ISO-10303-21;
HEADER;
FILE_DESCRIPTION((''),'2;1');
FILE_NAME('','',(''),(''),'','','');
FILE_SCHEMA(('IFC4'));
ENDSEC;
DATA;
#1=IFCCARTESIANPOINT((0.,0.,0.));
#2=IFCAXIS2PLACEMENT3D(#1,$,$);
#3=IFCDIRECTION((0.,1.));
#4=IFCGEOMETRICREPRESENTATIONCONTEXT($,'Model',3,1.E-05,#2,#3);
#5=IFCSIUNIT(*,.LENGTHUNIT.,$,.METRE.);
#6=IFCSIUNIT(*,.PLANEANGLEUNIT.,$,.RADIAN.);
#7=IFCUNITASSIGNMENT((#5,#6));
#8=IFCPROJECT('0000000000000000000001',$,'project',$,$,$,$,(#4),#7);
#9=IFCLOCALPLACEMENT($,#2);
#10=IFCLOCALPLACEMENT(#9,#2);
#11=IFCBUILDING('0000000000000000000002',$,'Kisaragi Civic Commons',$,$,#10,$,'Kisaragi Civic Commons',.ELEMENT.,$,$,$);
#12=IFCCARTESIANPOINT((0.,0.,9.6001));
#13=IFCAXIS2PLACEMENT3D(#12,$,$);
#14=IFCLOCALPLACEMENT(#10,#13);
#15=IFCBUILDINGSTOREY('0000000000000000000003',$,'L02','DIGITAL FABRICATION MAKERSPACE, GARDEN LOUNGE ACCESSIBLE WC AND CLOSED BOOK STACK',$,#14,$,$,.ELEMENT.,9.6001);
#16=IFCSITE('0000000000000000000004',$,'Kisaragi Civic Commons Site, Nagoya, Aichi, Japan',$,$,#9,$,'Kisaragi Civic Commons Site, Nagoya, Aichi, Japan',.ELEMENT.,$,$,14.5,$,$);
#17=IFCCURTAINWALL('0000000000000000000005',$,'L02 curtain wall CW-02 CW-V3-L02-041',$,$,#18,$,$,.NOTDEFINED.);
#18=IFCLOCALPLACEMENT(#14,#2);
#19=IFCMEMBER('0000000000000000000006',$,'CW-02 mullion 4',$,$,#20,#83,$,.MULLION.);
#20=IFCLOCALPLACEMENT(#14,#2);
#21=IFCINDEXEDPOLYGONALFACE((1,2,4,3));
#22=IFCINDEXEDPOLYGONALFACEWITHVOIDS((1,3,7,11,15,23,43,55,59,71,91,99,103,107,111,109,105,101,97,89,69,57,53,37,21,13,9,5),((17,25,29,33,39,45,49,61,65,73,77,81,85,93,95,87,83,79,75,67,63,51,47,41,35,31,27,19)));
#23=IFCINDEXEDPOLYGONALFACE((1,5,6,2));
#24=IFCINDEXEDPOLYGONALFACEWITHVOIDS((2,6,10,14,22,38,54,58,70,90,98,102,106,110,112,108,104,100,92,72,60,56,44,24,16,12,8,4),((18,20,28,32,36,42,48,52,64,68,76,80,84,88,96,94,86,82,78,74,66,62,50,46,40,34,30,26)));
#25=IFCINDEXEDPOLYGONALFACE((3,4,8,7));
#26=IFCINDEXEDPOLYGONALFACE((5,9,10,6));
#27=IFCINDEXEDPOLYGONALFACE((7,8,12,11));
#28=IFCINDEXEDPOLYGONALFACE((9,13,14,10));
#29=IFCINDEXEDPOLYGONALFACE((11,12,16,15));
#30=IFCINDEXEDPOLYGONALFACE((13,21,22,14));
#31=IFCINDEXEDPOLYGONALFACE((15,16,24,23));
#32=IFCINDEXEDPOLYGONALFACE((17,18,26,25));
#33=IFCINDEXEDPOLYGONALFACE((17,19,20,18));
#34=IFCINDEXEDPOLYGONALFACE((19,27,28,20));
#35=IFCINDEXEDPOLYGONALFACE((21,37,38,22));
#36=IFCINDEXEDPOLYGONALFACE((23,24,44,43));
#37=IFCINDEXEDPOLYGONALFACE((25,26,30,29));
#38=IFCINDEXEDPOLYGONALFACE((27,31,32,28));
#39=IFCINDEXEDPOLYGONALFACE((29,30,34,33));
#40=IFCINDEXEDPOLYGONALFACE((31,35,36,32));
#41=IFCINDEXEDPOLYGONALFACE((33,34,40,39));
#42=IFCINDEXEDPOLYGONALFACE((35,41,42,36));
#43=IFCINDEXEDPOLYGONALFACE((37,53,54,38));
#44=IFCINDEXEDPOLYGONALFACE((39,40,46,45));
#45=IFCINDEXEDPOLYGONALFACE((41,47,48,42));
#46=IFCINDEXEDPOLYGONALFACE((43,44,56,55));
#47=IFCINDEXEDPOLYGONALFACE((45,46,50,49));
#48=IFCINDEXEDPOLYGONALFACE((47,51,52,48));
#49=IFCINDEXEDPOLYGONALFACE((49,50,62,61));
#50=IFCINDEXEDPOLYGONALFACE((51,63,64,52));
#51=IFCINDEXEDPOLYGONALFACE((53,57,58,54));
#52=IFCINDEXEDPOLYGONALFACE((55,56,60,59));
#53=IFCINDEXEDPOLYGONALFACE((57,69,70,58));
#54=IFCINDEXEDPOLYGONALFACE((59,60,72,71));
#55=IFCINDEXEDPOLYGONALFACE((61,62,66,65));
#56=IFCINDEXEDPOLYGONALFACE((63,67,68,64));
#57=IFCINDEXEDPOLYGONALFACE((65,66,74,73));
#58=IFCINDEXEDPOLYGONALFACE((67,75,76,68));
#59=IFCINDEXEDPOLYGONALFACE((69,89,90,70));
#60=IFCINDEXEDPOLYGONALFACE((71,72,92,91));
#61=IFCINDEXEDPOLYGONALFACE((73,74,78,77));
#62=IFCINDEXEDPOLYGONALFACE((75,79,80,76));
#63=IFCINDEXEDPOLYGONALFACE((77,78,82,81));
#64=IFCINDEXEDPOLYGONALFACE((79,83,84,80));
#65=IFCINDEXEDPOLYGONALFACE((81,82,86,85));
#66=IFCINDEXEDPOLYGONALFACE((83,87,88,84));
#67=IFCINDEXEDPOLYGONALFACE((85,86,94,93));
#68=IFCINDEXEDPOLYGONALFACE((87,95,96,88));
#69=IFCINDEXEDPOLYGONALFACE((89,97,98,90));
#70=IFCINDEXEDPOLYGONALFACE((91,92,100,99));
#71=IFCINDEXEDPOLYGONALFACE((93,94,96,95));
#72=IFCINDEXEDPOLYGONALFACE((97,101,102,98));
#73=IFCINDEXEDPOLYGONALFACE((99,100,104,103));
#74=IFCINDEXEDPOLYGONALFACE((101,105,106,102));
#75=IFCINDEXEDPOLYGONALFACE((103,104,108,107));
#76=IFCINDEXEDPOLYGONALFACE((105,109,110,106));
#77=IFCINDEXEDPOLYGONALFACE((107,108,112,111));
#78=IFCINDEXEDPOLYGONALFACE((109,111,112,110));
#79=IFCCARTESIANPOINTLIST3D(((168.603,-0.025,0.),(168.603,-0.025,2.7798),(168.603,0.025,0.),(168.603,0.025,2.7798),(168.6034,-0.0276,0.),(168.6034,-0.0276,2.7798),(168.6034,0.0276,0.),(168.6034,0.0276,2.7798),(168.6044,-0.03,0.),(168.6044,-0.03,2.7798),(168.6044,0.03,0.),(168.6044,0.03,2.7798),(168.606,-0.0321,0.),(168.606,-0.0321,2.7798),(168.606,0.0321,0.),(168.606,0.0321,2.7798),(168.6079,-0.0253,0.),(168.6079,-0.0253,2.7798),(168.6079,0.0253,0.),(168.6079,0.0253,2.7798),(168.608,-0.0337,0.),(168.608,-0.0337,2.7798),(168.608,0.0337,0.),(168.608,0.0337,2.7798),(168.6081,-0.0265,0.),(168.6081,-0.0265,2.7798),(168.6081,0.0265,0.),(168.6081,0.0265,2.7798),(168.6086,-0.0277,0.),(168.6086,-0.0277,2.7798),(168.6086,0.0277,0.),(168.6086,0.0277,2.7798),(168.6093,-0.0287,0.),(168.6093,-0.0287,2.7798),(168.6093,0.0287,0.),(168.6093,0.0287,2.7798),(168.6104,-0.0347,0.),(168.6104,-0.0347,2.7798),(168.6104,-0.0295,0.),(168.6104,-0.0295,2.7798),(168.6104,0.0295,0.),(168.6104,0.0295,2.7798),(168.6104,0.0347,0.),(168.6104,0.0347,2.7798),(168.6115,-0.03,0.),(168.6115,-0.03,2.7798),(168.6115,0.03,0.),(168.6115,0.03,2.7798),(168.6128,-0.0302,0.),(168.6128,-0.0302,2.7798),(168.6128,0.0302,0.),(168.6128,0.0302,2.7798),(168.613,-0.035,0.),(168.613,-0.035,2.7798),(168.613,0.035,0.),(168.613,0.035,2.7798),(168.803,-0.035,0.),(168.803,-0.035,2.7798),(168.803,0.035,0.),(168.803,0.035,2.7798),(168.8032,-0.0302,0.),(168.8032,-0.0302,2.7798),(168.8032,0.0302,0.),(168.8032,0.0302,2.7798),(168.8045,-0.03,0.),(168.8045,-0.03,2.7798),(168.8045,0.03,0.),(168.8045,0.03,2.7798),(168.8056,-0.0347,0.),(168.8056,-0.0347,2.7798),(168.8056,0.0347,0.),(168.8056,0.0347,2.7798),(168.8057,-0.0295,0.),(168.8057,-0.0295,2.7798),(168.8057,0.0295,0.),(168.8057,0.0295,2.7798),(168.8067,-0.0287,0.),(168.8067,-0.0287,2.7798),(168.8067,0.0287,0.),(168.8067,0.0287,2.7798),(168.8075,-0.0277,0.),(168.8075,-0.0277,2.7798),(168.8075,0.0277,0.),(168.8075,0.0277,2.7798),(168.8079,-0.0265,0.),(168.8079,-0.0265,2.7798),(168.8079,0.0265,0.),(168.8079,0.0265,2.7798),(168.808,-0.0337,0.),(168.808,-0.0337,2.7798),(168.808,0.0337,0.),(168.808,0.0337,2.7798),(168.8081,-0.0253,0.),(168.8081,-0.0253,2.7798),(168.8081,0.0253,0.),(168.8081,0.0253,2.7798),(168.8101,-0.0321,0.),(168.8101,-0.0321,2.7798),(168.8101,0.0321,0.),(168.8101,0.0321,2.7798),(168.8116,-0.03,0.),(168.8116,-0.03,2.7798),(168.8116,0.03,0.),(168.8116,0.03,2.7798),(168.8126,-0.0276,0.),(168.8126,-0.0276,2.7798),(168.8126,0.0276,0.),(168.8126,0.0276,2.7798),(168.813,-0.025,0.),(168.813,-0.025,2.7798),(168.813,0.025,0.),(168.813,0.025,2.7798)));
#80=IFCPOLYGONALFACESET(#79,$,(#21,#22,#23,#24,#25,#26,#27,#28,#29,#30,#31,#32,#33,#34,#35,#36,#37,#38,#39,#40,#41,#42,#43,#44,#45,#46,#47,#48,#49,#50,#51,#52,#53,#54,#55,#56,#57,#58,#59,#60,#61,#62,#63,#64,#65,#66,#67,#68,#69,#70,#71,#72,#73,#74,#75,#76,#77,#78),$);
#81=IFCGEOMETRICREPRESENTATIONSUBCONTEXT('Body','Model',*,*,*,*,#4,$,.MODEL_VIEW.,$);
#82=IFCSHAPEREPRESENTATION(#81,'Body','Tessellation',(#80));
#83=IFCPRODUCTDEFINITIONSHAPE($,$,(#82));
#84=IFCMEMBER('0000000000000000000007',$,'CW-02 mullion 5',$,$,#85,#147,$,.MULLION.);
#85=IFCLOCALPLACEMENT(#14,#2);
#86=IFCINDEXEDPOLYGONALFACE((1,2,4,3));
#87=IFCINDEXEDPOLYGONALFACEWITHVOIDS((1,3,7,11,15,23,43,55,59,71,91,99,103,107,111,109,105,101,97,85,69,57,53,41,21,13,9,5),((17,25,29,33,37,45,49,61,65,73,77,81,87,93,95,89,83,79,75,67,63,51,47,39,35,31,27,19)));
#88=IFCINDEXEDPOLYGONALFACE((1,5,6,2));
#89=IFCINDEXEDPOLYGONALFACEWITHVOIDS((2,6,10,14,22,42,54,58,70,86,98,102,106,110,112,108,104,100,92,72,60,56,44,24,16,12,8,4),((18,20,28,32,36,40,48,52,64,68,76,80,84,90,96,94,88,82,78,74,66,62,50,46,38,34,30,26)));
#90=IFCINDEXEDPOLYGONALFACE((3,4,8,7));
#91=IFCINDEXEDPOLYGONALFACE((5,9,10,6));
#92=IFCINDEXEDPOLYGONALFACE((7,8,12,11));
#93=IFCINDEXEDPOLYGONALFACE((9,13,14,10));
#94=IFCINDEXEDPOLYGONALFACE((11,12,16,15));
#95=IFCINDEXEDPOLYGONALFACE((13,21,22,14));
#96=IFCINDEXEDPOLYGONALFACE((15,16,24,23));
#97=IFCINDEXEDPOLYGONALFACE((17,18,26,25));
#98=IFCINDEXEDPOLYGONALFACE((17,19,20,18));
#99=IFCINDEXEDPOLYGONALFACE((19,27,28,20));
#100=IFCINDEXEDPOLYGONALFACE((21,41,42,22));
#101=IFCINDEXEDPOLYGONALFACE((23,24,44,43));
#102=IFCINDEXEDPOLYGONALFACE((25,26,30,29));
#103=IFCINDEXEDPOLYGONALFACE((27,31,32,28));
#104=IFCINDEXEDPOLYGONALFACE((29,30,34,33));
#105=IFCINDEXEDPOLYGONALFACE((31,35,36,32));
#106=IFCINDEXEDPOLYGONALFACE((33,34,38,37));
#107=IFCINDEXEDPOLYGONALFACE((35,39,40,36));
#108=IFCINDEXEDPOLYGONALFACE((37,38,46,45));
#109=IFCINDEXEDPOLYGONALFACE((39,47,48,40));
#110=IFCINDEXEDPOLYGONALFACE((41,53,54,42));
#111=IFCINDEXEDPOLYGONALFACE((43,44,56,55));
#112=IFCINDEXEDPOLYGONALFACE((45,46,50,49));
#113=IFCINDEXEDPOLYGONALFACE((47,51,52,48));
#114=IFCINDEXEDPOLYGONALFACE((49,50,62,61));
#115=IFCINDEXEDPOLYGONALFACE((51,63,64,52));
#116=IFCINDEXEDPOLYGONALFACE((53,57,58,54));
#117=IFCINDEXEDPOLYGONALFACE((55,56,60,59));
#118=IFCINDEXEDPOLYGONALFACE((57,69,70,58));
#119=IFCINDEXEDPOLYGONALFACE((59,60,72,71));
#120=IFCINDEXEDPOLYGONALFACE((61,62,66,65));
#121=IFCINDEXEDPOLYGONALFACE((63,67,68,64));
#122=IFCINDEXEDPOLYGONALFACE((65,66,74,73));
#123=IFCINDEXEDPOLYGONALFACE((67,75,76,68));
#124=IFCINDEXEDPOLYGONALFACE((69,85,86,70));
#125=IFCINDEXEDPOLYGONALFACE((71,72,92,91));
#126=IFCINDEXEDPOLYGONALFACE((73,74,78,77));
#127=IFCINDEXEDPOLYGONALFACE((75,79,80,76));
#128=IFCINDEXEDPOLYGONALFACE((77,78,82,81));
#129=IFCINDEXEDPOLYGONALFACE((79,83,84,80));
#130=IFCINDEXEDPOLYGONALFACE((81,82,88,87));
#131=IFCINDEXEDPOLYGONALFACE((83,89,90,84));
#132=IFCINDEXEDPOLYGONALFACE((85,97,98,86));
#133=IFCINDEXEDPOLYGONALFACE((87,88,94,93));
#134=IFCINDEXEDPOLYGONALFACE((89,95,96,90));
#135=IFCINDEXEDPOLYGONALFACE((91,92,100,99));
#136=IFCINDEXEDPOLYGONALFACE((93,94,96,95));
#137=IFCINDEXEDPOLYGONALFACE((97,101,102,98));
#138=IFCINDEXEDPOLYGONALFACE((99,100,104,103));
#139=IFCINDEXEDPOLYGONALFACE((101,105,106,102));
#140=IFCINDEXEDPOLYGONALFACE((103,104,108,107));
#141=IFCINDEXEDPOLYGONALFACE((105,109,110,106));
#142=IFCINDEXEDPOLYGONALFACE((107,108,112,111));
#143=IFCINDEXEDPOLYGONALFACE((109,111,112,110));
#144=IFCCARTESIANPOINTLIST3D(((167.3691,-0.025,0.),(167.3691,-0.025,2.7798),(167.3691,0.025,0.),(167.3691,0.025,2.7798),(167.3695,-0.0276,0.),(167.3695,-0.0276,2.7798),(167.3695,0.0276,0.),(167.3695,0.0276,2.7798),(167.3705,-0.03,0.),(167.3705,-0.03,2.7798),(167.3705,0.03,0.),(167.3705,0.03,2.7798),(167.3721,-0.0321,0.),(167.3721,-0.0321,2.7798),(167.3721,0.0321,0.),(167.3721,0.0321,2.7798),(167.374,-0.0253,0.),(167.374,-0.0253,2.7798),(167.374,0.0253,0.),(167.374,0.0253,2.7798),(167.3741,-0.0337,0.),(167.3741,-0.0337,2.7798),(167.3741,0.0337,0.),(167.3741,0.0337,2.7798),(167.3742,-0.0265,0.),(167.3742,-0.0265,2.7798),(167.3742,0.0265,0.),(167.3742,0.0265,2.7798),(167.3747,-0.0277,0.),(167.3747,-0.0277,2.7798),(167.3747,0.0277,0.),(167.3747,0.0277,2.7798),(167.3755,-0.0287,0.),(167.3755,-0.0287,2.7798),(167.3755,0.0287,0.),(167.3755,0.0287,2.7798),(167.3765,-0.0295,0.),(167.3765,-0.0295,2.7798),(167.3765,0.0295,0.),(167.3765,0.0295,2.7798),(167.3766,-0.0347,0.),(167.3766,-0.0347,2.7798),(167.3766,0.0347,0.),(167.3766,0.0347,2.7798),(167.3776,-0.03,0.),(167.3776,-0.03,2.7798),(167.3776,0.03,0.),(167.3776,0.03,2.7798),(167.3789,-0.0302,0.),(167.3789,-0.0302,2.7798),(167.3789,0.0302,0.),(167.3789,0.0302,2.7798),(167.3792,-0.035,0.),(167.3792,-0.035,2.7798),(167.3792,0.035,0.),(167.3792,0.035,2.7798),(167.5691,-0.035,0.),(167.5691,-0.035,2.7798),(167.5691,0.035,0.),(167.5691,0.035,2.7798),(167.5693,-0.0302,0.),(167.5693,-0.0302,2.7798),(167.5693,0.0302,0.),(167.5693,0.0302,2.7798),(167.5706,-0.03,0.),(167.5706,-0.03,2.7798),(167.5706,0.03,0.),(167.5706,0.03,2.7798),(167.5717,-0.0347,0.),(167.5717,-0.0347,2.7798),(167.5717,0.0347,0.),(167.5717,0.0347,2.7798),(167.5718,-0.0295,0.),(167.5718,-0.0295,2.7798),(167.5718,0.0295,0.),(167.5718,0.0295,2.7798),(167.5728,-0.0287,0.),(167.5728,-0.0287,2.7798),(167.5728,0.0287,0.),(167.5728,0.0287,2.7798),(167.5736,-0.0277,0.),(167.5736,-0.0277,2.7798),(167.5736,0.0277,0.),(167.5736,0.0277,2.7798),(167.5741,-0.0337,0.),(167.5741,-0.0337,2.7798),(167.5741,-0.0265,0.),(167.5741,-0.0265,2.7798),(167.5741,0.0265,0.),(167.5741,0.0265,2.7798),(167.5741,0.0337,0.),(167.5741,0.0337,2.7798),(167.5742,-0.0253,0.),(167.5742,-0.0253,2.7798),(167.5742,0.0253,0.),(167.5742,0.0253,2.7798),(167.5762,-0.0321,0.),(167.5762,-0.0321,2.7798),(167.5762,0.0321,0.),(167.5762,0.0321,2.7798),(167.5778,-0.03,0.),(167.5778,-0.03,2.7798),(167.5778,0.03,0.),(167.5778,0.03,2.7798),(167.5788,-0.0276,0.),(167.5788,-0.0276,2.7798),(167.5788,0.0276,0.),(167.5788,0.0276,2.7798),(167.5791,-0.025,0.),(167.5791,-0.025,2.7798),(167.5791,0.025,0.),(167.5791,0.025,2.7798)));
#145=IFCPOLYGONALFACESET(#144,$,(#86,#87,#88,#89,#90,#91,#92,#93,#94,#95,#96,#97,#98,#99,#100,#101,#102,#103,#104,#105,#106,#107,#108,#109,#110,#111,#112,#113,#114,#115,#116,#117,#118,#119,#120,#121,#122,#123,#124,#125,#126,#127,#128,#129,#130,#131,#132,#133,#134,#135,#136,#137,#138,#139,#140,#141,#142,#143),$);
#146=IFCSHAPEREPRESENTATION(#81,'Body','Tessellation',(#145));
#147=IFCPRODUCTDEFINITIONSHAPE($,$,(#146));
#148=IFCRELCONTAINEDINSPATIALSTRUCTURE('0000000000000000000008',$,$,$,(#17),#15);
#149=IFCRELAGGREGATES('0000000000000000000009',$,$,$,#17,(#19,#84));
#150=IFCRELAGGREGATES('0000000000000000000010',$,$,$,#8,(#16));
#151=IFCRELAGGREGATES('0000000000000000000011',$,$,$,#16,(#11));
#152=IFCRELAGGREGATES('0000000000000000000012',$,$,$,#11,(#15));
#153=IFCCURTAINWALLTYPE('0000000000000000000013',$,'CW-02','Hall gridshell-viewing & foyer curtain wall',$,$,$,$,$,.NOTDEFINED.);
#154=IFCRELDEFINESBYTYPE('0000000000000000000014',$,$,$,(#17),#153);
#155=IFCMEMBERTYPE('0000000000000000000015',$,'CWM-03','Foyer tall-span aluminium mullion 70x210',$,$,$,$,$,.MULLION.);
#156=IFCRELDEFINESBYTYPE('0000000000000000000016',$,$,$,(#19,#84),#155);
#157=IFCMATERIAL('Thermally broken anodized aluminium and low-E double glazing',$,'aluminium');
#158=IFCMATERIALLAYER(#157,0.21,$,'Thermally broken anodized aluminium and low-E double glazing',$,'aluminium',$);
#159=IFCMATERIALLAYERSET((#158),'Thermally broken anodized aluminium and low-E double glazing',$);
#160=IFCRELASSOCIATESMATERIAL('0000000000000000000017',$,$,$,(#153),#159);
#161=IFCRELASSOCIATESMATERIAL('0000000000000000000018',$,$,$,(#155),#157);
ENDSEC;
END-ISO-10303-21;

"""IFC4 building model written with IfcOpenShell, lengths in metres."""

from ifc_helpers import new_model, si_unit, direction, frame, origin, origin_2d, place, context, subcontext, project, spatial, hollow_rectangle, extrude, material, layer, layer_set, material_profile, profile_set, type_object, element, aggregate, save


model = new_model("IFC4")

# Units and contexts
model_context = context("Model", 3, precision=1e-05, world=origin(), true_north=direction((0.0, 1.0)))
body_context = subcontext(model_context, "Body", "Model", "MODEL_VIEW")
ifc_project = project(units=[si_unit("LENGTHUNIT", "METRE"), si_unit("PLANEANGLEUNIT", "RADIAN")], contexts=[model_context])

# Site, building, storey
site_placement = place(None, origin())
site = spatial("IfcSite", under=ifc_project, at=site_placement, Name="Kisaragi Civic Commons Site, Nagoya, Aichi, Japan", LongName="Kisaragi Civic Commons Site, Nagoya, Aichi, Japan", CompositionType="ELEMENT", RefElevation=14.5)
building_placement = place(site_placement, origin())
building = spatial("IfcBuilding", under=site, at=building_placement, Name="Kisaragi Civic Commons", LongName="Kisaragi Civic Commons", CompositionType="ELEMENT")
storey_placement = place(building_placement, frame((0.0, 0.0, 9.6001)))
storey = spatial("IfcBuildingStorey", under=building, at=storey_placement, Name="L02", Description="DIGITAL FABRICATION MAKERSPACE, GARDEN LOUNGE ACCESSIBLE WC AND CLOSED BOOK STACK", CompositionType="ELEMENT", Elevation=9.6001)

# Curtain wall, members
ifc_material_1 = material(Name="Thermally broken anodized aluminium and low-E double glazing", Category="aluminium")
ifc_layer_1 = layer(ifc_material_1, 0.21, Name="Thermally broken anodized aluminium and low-E double glazing", Category="aluminium")
ifc_layer_set_1 = layer_set([ifc_layer_1], Name="Thermally broken anodized aluminium and low-E double glazing")
curtain_wall_type = type_object("IfcCurtainWallType", Name="CW-02", Description="Hall gridshell-viewing & foyer curtain wall", PredefinedType="NOTDEFINED", material=ifc_layer_set_1)
curtain_wall_placement = place(storey_placement, origin())
curtain_wall = element("IfcCurtainWall", 1, at=curtain_wall_placement, inside=storey, type_object=curtain_wall_type, Name="L02 curtain wall CW-02 CW-V3-L02-041", PredefinedType="NOTDEFINED")
ifc_material_profile_1 = material_profile(ifc_material_1, hollow_rectangle(XDim=0.0701, YDim=0.21, WallThickness=0.0049, InnerFilletRadius=0.0049, OuterFilletRadius=0.01, at=origin_2d()), Name="CWM-70x210x5", Category="aluminium")
ifc_profile_set_1 = profile_set([ifc_material_profile_1], Name="Thermally broken anodized aluminium and low-E double glazing")
member_type_1 = type_object("IfcMemberType", Name="CWM-03", Description="Foyer tall-span aluminium mullion 70x210", PredefinedType="MULLION", material=ifc_profile_set_1)
member_1_placement = place(storey_placement, frame((168.708, 0.0, 0.0), z_axis=(0.0, 0.0, 1.0), x_axis=(0.0, -1.0, 0.0)))
member_1 = element("IfcMember", 2, at=member_1_placement, type_object=member_type_1, Name="CW-02 mullion 4", PredefinedType="MULLION", context=body_context, shape_type="SweptSolid", body=[
    extrude(hollow_rectangle(XDim=0.0701, YDim=0.21, WallThickness=0.0049, InnerFilletRadius=0.0049, OuterFilletRadius=0.01, at=origin_2d()), origin(), (0.0, 0.0, 1.0), 2.7798),
])
member_2_placement = place(storey_placement, frame((167.4741, 0.0, 0.0), z_axis=(0.0, 0.0, 1.0), x_axis=(0.0, -1.0, 0.0)))
member_2 = element("IfcMember", 3, at=member_2_placement, type_object=member_type_1, Name="CW-02 mullion 5", PredefinedType="MULLION", context=body_context, shape_type="SweptSolid", body=[
    extrude(hollow_rectangle(XDim=0.0701, YDim=0.21, WallThickness=0.0049, InnerFilletRadius=0.0049, OuterFilletRadius=0.01, at=origin_2d()), origin(), (0.0, 0.0, 1.0), 2.7798),
])
aggregate(curtain_wall, [member_1, member_2])

save(model, "model.ifc")
